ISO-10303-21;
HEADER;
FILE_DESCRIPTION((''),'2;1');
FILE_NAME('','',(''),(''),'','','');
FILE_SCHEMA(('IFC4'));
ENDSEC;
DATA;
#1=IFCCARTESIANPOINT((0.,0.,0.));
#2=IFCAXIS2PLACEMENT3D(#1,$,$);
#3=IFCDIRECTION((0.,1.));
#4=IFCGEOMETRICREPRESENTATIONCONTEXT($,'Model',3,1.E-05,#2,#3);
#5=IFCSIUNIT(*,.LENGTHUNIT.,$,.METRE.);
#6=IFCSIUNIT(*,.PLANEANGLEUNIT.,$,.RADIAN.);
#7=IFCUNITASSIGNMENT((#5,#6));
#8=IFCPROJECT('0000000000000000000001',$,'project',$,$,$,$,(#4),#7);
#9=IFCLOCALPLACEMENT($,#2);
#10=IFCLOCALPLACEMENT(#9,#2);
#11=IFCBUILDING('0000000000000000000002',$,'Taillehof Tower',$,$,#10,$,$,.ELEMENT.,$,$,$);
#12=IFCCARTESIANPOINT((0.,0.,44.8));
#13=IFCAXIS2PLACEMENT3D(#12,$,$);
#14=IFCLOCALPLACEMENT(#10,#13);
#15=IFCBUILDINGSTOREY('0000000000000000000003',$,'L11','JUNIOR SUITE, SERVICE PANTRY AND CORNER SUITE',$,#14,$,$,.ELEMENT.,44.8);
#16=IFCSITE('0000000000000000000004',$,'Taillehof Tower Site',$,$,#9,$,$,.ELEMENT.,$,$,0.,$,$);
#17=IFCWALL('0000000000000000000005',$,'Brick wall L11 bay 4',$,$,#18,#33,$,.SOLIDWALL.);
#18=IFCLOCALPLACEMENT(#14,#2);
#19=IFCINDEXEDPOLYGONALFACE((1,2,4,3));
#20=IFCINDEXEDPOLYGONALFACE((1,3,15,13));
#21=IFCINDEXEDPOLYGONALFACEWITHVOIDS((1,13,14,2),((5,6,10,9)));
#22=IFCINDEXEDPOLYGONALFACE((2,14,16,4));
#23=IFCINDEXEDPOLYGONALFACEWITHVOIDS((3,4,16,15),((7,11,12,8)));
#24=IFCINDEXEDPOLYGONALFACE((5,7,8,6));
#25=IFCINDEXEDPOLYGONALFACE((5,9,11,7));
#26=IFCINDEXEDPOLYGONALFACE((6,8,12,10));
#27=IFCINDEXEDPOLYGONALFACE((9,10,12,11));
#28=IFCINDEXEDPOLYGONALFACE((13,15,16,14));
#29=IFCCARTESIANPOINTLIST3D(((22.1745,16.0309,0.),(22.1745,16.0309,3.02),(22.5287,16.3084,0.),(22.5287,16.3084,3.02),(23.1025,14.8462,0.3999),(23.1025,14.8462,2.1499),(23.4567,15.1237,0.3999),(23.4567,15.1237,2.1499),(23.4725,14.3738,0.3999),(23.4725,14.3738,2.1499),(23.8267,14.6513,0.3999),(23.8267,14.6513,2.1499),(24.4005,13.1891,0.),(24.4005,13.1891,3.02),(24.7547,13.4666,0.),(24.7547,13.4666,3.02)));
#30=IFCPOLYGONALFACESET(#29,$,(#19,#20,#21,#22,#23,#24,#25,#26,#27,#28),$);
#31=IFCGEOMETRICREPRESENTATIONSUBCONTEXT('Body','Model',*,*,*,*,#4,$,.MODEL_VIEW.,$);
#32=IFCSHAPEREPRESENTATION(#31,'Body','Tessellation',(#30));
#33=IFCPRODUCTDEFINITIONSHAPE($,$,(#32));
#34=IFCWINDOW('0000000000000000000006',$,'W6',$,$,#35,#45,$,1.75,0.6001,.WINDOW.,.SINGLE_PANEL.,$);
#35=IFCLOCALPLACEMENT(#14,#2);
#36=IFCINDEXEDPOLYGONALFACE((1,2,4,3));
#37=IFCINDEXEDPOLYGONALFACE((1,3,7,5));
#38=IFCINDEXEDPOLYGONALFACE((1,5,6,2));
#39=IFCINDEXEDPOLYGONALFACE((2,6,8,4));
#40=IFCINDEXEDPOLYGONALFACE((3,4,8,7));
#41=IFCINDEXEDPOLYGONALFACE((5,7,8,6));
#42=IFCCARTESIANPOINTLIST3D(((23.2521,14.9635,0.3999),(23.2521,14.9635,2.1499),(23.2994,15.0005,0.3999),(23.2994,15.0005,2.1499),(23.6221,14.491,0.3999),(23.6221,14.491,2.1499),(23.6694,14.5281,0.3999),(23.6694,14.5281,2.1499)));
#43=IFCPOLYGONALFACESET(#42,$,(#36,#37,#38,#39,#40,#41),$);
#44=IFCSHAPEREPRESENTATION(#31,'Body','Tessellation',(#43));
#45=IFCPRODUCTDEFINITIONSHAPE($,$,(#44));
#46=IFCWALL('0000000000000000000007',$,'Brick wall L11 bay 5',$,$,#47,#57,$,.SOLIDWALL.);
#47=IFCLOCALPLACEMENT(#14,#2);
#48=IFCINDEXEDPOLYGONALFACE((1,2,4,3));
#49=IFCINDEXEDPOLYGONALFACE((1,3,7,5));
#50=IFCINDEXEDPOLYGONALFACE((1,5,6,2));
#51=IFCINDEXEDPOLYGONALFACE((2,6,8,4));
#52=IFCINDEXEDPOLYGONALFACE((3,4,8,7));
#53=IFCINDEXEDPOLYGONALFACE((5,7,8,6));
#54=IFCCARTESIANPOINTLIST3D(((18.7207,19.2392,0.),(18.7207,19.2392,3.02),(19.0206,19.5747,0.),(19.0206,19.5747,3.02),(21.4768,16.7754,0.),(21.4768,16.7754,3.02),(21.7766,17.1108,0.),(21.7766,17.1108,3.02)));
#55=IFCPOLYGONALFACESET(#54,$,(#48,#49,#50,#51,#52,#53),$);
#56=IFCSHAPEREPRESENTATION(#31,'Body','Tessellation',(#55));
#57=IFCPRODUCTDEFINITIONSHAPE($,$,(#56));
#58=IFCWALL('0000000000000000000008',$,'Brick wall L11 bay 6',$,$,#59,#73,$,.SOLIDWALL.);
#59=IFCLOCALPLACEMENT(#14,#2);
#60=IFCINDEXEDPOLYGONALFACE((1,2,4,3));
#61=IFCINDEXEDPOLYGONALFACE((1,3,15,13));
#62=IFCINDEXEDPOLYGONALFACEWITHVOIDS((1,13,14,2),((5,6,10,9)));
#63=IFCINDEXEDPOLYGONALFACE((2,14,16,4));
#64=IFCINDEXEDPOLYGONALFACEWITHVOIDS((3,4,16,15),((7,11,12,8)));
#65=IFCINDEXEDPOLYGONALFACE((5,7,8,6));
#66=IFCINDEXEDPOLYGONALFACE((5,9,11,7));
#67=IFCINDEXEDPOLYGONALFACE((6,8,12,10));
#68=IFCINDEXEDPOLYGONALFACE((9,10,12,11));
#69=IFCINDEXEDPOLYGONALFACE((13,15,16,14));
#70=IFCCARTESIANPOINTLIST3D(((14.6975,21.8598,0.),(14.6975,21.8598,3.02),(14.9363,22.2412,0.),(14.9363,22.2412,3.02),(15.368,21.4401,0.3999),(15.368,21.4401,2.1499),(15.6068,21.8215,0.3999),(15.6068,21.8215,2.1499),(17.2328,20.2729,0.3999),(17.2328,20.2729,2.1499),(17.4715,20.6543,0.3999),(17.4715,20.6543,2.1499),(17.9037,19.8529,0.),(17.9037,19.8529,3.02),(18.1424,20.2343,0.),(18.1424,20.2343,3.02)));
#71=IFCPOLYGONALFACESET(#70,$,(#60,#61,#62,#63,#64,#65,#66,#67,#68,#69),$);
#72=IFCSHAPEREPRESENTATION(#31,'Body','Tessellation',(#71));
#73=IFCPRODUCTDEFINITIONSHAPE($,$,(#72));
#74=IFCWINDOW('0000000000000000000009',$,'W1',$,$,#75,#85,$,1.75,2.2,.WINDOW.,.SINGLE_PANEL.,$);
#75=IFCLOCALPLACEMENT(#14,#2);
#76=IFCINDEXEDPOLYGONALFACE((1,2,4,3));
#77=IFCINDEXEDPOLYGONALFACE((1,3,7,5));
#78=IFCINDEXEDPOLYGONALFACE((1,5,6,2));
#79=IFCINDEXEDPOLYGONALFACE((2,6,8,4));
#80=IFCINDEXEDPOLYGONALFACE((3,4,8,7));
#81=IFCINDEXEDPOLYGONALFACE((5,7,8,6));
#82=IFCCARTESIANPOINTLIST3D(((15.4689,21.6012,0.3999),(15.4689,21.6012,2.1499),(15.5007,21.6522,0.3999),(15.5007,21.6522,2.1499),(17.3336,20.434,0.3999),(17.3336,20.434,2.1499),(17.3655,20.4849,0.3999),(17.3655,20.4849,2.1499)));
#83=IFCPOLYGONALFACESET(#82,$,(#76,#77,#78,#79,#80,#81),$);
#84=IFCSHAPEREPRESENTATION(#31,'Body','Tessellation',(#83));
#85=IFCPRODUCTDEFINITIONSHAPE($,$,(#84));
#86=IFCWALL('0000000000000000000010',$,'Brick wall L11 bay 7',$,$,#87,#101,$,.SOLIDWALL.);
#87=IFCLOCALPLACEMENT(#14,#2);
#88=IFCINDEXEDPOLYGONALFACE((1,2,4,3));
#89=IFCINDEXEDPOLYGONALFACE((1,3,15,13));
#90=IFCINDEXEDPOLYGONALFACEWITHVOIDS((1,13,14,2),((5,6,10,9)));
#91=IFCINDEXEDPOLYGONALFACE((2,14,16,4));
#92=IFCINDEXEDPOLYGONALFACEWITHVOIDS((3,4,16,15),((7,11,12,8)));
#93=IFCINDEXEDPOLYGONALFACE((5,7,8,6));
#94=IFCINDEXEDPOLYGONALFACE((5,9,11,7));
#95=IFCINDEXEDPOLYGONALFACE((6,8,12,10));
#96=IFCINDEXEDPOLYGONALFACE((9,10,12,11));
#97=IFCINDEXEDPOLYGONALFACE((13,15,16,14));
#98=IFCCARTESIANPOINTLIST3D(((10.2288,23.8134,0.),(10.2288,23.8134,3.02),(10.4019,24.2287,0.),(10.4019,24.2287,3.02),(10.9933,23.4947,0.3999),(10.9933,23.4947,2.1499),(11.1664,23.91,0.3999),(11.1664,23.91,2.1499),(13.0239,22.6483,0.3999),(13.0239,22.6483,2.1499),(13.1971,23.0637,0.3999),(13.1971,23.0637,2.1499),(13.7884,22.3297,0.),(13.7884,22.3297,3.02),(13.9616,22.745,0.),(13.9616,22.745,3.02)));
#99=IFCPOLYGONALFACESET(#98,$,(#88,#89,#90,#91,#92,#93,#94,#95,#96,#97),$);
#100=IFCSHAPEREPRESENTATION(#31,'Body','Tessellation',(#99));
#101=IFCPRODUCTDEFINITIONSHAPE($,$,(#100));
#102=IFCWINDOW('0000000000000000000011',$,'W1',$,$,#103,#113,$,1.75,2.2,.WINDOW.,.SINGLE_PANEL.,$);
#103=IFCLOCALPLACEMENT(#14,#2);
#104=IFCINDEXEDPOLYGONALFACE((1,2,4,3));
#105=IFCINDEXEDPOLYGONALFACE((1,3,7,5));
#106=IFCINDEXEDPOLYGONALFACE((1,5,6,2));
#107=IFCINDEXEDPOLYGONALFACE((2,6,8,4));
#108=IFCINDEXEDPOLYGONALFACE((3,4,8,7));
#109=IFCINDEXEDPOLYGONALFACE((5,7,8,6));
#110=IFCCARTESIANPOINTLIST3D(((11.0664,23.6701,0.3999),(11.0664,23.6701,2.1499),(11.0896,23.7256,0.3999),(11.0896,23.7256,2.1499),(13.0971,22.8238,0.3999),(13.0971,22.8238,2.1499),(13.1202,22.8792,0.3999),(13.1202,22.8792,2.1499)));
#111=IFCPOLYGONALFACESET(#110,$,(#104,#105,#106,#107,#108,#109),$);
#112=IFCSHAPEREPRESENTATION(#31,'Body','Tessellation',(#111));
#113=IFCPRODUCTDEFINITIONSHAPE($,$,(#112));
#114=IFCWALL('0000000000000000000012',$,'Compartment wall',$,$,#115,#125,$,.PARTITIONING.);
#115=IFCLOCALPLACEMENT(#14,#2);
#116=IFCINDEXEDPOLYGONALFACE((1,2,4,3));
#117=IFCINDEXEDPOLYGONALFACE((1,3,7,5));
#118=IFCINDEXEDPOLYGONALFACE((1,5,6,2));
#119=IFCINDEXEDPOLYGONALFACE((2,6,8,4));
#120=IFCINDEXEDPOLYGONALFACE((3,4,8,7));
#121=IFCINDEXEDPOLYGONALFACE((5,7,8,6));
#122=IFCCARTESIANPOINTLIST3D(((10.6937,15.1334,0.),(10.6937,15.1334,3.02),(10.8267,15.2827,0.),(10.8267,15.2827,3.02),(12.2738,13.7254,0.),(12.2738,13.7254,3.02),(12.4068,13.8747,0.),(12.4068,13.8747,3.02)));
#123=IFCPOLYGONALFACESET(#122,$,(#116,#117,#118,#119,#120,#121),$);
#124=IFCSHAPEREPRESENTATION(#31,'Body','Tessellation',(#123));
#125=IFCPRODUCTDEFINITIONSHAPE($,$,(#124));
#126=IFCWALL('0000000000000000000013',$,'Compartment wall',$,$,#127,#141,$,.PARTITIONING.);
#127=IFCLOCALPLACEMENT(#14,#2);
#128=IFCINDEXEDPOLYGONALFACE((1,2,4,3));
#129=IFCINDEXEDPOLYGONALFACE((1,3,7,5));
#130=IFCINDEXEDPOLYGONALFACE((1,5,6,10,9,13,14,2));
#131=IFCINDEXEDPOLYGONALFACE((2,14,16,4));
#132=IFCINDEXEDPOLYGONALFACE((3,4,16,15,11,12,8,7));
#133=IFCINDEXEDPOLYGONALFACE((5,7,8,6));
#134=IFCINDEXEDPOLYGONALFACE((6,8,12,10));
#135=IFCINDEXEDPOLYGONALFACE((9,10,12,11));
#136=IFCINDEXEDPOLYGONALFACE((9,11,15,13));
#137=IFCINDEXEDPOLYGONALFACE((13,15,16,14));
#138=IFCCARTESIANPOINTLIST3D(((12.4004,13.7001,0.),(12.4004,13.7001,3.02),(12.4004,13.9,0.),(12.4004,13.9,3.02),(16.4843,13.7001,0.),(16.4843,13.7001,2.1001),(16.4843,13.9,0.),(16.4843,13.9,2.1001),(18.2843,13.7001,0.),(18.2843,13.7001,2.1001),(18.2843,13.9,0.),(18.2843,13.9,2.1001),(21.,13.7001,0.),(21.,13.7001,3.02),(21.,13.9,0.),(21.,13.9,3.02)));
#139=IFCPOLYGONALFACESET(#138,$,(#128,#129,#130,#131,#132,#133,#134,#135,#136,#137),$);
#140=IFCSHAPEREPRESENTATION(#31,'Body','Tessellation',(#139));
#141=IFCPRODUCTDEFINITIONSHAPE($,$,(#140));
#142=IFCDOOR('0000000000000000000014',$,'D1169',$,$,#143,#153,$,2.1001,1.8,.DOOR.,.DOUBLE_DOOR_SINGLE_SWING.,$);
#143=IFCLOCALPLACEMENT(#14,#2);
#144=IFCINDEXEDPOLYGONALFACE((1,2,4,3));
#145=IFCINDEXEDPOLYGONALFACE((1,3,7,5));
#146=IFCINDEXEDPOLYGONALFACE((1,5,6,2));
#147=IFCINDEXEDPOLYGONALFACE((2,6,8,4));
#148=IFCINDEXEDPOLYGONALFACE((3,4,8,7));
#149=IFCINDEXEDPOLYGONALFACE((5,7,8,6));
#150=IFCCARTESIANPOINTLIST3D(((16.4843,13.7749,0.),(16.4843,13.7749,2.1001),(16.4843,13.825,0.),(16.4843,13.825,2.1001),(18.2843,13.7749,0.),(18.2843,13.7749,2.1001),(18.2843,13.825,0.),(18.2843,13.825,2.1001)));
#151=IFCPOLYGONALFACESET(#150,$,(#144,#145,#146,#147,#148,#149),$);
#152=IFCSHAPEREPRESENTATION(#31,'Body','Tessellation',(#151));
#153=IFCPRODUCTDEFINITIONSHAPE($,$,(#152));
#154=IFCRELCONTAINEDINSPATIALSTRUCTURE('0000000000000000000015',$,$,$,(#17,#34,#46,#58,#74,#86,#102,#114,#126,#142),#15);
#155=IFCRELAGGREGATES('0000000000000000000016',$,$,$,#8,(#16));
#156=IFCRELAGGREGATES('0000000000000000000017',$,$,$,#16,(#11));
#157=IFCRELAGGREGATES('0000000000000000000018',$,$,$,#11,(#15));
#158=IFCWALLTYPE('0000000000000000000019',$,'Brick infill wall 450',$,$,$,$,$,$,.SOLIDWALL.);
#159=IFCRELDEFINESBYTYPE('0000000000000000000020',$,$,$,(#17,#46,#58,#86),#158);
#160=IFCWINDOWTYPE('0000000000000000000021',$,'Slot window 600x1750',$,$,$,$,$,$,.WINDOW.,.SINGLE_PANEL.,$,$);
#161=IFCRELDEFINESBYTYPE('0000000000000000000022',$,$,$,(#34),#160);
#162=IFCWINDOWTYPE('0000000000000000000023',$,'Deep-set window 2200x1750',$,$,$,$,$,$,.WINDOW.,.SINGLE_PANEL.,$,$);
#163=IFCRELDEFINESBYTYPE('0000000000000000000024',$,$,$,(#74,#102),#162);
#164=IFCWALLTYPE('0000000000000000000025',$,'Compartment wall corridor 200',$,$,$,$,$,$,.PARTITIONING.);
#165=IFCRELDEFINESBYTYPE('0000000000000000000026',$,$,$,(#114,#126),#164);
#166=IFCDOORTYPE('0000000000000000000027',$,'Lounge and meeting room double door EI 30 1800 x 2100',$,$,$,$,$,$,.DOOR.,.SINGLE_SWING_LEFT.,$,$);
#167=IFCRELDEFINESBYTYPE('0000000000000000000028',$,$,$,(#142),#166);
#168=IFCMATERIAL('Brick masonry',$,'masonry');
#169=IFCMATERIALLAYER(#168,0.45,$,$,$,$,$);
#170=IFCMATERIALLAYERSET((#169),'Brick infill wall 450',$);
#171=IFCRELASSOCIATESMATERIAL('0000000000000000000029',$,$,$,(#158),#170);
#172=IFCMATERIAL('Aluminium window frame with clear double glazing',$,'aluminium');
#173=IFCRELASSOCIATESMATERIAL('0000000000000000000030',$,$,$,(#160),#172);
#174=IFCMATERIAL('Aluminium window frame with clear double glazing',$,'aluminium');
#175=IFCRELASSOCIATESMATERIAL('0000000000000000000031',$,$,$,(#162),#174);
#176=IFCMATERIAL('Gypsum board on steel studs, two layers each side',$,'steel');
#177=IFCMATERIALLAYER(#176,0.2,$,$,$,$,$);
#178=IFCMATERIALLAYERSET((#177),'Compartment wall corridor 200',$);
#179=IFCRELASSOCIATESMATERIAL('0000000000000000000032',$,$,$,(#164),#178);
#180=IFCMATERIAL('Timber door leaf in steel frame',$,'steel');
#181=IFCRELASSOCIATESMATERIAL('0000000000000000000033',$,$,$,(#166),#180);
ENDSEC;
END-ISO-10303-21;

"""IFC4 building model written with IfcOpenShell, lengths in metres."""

from ifc_helpers import new_model, si_unit, direction, frame, frame_2d, origin, place, context, subcontext, project, spatial, rectangle, extrude, material, layer, layer_set, type_object, element, fill, save


model = new_model("IFC4")

# Units and contexts
model_context = context("Model", 3, precision=1e-05, world=origin(), true_north=direction((0.0, 1.0)))
body_context = subcontext(model_context, "Body", "Model", "MODEL_VIEW")
ifc_project = project(units=[si_unit("LENGTHUNIT", "METRE"), si_unit("PLANEANGLEUNIT", "RADIAN")], contexts=[model_context])

# Site, building, storey
site_placement = place(None, origin())
site = spatial("IfcSite", under=ifc_project, at=site_placement, Name="Taillehof Tower Site", CompositionType="ELEMENT", RefElevation=0.0)
building_placement = place(site_placement, origin())
building = spatial("IfcBuilding", under=site, at=building_placement, Name="Taillehof Tower", CompositionType="ELEMENT")
storey_placement = place(building_placement, frame((0.0, 0.0, 44.8)))
storey = spatial("IfcBuildingStorey", under=building, at=storey_placement, Name="L11", Description="JUNIOR SUITE, SERVICE PANTRY AND CORNER SUITE", CompositionType="ELEMENT", Elevation=44.8)

# Wall, opening, window
ifc_material_1 = material(Name="Brick masonry", Category="masonry")
ifc_layer_1 = layer(ifc_material_1, 0.45)
ifc_layer_set_1 = layer_set([ifc_layer_1], Name="Brick infill wall 450")
wall_type_1 = type_object("IfcWallType", Name="Brick infill wall 450", PredefinedType="SOLIDWALL", material=ifc_layer_set_1)
wall_1_placement = place(storey_placement, frame((24.5776, 13.3279, 0.0), z_axis=(0.0, 0.0, 1.0), x_axis=(-0.616662, 0.787228, 0.0)))
wall_1 = element("IfcWall", 1, at=wall_1_placement, inside=storey, type_object=wall_type_1, Name="Brick wall L11 bay 4", PredefinedType="SOLIDWALL", context=body_context, shape_type="SweptSolid", body=[
    extrude(rectangle(XDim=3.6099, YDim=0.45, at=frame_2d((1.8049, 0.0))), origin(), (0.0, 0.0, 1.0), 3.02),
])
opening_1_placement = place(wall_1_placement, frame((1.5049, 0.0, 0.3999)))
opening_1 = element("IfcOpeningElement", 2, at=opening_1_placement, cuts=wall_1, PredefinedType="OPENING", context=body_context, shape_type="SweptSolid", body=[
    extrude(rectangle(XDim=0.6001, YDim=1.75, at=frame_2d((0.3, 0.875))), frame((0.0, 0.2349, 0.0), z_axis=(0.0, -1.0, 0.0), x_axis=(1.0, 0.0, 0.0)), (0.0, 0.0, 1.0), 0.47),
])
ifc_material_2 = material(Name="Aluminium window frame with clear double glazing", Category="aluminium")
window_type_1 = type_object("IfcWindowType", Name="Slot window 600x1750", PartitioningType="SINGLE_PANEL", PredefinedType="WINDOW", material=ifc_material_2)
window_1_placement = place(opening_1_placement, origin())
window_1 = element("IfcWindow", 3, at=window_1_placement, inside=storey, type_object=window_type_1, Name="W6", OverallHeight=1.75, OverallWidth=0.6001, PartitioningType="SINGLE_PANEL", PredefinedType="WINDOW", context=body_context, shape_type="SweptSolid", body=[
    extrude(rectangle(XDim=0.6001, YDim=1.75, at=frame_2d((0.3, 0.875))), frame((0.0, 0.0349, 0.0), z_axis=(0.0, -1.0, 0.0), x_axis=(1.0, 0.0, 0.0)), (0.0, 0.0, 1.0), 0.0601),
])
fill(opening_1, window_1)

# Wall
wall_2_placement = place(storey_placement, frame((21.6267, 16.9431, 0.0), z_axis=(0.0, 0.0, 1.0), x_axis=(-0.745526, 0.666476, 0.0)))
element("IfcWall", 4, at=wall_2_placement, inside=storey, type_object=wall_type_1, Name="Brick wall L11 bay 5", PredefinedType="SOLIDWALL", context=body_context, shape_type="SweptSolid", body=[
    extrude(rectangle(XDim=3.6968, YDim=0.45, at=frame_2d((1.8484, 0.0))), origin(), (0.0, 0.0, 1.0), 3.02),
])

# Walls, openings, windows
wall_3_placement = place(storey_placement, frame((18.0229, 20.0437, 0.0), z_axis=(0.0, 0.0, 1.0), x_axis=(-0.847635, 0.530579, 0.0)))
wall_3 = element("IfcWall", 5, at=wall_3_placement, inside=storey, type_object=wall_type_1, Name="Brick wall L11 bay 6", PredefinedType="SOLIDWALL", context=body_context, shape_type="SweptSolid", body=[
    extrude(rectangle(XDim=3.7825, YDim=0.45, at=frame_2d((1.8911, 0.0))), origin(), (0.0, 0.0, 1.0), 3.02),
])
opening_2_placement = place(wall_3_placement, frame((0.7913, 0.0, 0.3999)))
opening_2 = element("IfcOpeningElement", 6, at=opening_2_placement, cuts=wall_3, PredefinedType="OPENING", context=body_context, shape_type="SweptSolid", body=[
    extrude(rectangle(XDim=2.2, YDim=1.75, at=frame_2d((1.1001, 0.875))), frame((0.0, 0.2349, 0.0), z_axis=(0.0, -1.0, 0.0), x_axis=(1.0, 0.0, 0.0)), (0.0, 0.0, 1.0), 0.47),
])
ifc_material_3 = material(Name="Aluminium window frame with clear double glazing", Category="aluminium")
window_type_2 = type_object("IfcWindowType", Name="Deep-set window 2200x1750", PartitioningType="SINGLE_PANEL", PredefinedType="WINDOW", material=ifc_material_3)
window_2_placement = place(opening_2_placement, origin())
window_2 = element("IfcWindow", 7, at=window_2_placement, inside=storey, type_object=window_type_2, Name="W1", OverallHeight=1.75, OverallWidth=2.2, PartitioningType="SINGLE_PANEL", PredefinedType="WINDOW", context=body_context, shape_type="SweptSolid", body=[
    extrude(rectangle(XDim=2.2, YDim=1.75, at=frame_2d((1.1001, 0.875))), frame((0.0, 0.0349, 0.0), z_axis=(0.0, -1.0, 0.0), x_axis=(1.0, 0.0, 0.0)), (0.0, 0.0, 1.0), 0.0601),
])
fill(opening_2, window_2)
wall_4_placement = place(storey_placement, frame((13.875, 22.5374, 0.0), z_axis=(0.0, 0.0, 1.0), x_axis=(-0.923032, 0.384723, 0.0)))
wall_4 = element("IfcWall", 8, at=wall_4_placement, inside=storey, type_object=wall_type_1, Name="Brick wall L11 bay 7", PredefinedType="SOLIDWALL", context=body_context, shape_type="SweptSolid", body=[
    extrude(rectangle(XDim=3.8564, YDim=0.45, at=frame_2d((1.9282, 0.0))), origin(), (0.0, 0.0, 1.0), 3.02),
])
opening_3_placement = place(wall_4_placement, frame((0.8281, 0.0, 0.3999)))
opening_3 = element("IfcOpeningElement", 9, at=opening_3_placement, cuts=wall_4, PredefinedType="OPENING", context=body_context, shape_type="SweptSolid", body=[
    extrude(rectangle(XDim=2.2, YDim=1.75, at=frame_2d((1.1001, 0.875))), frame((0.0, 0.2349, 0.0), z_axis=(0.0, -1.0, 0.0), x_axis=(1.0, 0.0, 0.0)), (0.0, 0.0, 1.0), 0.47),
])
window_3_placement = place(opening_3_placement, origin())
window_3 = element("IfcWindow", 10, at=window_3_placement, inside=storey, type_object=window_type_2, Name="W1", OverallHeight=1.75, OverallWidth=2.2, PartitioningType="SINGLE_PANEL", PredefinedType="WINDOW", context=body_context, shape_type="SweptSolid", body=[
    extrude(rectangle(XDim=2.2, YDim=1.75, at=frame_2d((1.1001, 0.875))), frame((0.0, 0.0349, 0.0), z_axis=(0.0, -1.0, 0.0), x_axis=(1.0, 0.0, 0.0)), (0.0, 0.0, 1.0), 0.0601),
])
fill(opening_3, window_3)

# Wall
ifc_material_4 = material(Name="Gypsum board on steel studs, two layers each side", Category="steel")
ifc_layer_2 = layer(ifc_material_4, 0.2)
ifc_layer_set_2 = layer_set([ifc_layer_2], Name="Compartment wall corridor 200")
wall_type_2 = type_object("IfcWallType", Name="Compartment wall corridor 200", PredefinedType="PARTITIONING", material=ifc_layer_set_2)
wall_5_placement = place(storey_placement, frame((10.7603, 15.208, 0.0), z_axis=(0.0, 0.0, 1.0), x_axis=(0.7466, -0.665273, 0.0)))
element("IfcWall", 11, at=wall_5_placement, inside=storey, type_object=wall_type_2, Name="Compartment wall", PredefinedType="PARTITIONING", context=body_context, shape_type="SweptSolid", body=[
    extrude(rectangle(XDim=2.1165, YDim=0.2, at=frame_2d((1.0581, 0.0))), origin(), (0.0, 0.0, 1.0), 3.02),
])

# Wall, opening, door
wall_6_placement = place(storey_placement, frame((12.4004, 13.8, 0.0), z_axis=(0.0, 0.0, 1.0), x_axis=(1.0, 0.0, 0.0)))
wall_6 = element("IfcWall", 12, at=wall_6_placement, inside=storey, type_object=wall_type_2, Name="Compartment wall", PredefinedType="PARTITIONING", context=body_context, shape_type="SweptSolid", body=[
    extrude(rectangle(XDim=8.5996, YDim=0.2, at=frame_2d((4.2998, 0.0))), origin(), (0.0, 0.0, 1.0), 3.02),
])
opening_4_placement = place(wall_6_placement, frame((4.084, 0.0, 0.0)))
opening_4 = element("IfcOpeningElement", 13, at=opening_4_placement, cuts=wall_6, PredefinedType="OPENING", context=body_context, shape_type="SweptSolid", body=[
    extrude(rectangle(XDim=1.8, YDim=2.1001, at=frame_2d((0.8999, 1.05))), frame((0.0, 0.1099, 0.0), z_axis=(0.0, -1.0, 0.0), x_axis=(1.0, 0.0, 0.0)), (0.0, 0.0, 1.0), 0.22),
])
ifc_material_5 = material(Name="Timber door leaf in steel frame", Category="steel")
door_type_1 = type_object("IfcDoorType", Name="Lounge and meeting room double door EI 30 1800 x 2100", OperationType="SINGLE_SWING_LEFT", PredefinedType="DOOR", material=ifc_material_5)
door_1_placement = place(opening_4_placement, origin())
door_1 = element("IfcDoor", 14, at=door_1_placement, inside=storey, type_object=door_type_1, Name="D1169", OperationType="DOUBLE_DOOR_SINGLE_SWING", OverallHeight=2.1001, OverallWidth=1.8, PredefinedType="DOOR", context=body_context, shape_type="SweptSolid", body=[
    extrude(rectangle(XDim=1.8, YDim=2.1001, at=frame_2d((0.8999, 1.05))), frame((0.0, 0.0249, 0.0), z_axis=(0.0, -1.0, 0.0), x_axis=(1.0, 0.0, 0.0)), (0.0, 0.0, 1.0), 0.05),
])
fill(opening_4, door_1)

save(model, "model.ifc")
